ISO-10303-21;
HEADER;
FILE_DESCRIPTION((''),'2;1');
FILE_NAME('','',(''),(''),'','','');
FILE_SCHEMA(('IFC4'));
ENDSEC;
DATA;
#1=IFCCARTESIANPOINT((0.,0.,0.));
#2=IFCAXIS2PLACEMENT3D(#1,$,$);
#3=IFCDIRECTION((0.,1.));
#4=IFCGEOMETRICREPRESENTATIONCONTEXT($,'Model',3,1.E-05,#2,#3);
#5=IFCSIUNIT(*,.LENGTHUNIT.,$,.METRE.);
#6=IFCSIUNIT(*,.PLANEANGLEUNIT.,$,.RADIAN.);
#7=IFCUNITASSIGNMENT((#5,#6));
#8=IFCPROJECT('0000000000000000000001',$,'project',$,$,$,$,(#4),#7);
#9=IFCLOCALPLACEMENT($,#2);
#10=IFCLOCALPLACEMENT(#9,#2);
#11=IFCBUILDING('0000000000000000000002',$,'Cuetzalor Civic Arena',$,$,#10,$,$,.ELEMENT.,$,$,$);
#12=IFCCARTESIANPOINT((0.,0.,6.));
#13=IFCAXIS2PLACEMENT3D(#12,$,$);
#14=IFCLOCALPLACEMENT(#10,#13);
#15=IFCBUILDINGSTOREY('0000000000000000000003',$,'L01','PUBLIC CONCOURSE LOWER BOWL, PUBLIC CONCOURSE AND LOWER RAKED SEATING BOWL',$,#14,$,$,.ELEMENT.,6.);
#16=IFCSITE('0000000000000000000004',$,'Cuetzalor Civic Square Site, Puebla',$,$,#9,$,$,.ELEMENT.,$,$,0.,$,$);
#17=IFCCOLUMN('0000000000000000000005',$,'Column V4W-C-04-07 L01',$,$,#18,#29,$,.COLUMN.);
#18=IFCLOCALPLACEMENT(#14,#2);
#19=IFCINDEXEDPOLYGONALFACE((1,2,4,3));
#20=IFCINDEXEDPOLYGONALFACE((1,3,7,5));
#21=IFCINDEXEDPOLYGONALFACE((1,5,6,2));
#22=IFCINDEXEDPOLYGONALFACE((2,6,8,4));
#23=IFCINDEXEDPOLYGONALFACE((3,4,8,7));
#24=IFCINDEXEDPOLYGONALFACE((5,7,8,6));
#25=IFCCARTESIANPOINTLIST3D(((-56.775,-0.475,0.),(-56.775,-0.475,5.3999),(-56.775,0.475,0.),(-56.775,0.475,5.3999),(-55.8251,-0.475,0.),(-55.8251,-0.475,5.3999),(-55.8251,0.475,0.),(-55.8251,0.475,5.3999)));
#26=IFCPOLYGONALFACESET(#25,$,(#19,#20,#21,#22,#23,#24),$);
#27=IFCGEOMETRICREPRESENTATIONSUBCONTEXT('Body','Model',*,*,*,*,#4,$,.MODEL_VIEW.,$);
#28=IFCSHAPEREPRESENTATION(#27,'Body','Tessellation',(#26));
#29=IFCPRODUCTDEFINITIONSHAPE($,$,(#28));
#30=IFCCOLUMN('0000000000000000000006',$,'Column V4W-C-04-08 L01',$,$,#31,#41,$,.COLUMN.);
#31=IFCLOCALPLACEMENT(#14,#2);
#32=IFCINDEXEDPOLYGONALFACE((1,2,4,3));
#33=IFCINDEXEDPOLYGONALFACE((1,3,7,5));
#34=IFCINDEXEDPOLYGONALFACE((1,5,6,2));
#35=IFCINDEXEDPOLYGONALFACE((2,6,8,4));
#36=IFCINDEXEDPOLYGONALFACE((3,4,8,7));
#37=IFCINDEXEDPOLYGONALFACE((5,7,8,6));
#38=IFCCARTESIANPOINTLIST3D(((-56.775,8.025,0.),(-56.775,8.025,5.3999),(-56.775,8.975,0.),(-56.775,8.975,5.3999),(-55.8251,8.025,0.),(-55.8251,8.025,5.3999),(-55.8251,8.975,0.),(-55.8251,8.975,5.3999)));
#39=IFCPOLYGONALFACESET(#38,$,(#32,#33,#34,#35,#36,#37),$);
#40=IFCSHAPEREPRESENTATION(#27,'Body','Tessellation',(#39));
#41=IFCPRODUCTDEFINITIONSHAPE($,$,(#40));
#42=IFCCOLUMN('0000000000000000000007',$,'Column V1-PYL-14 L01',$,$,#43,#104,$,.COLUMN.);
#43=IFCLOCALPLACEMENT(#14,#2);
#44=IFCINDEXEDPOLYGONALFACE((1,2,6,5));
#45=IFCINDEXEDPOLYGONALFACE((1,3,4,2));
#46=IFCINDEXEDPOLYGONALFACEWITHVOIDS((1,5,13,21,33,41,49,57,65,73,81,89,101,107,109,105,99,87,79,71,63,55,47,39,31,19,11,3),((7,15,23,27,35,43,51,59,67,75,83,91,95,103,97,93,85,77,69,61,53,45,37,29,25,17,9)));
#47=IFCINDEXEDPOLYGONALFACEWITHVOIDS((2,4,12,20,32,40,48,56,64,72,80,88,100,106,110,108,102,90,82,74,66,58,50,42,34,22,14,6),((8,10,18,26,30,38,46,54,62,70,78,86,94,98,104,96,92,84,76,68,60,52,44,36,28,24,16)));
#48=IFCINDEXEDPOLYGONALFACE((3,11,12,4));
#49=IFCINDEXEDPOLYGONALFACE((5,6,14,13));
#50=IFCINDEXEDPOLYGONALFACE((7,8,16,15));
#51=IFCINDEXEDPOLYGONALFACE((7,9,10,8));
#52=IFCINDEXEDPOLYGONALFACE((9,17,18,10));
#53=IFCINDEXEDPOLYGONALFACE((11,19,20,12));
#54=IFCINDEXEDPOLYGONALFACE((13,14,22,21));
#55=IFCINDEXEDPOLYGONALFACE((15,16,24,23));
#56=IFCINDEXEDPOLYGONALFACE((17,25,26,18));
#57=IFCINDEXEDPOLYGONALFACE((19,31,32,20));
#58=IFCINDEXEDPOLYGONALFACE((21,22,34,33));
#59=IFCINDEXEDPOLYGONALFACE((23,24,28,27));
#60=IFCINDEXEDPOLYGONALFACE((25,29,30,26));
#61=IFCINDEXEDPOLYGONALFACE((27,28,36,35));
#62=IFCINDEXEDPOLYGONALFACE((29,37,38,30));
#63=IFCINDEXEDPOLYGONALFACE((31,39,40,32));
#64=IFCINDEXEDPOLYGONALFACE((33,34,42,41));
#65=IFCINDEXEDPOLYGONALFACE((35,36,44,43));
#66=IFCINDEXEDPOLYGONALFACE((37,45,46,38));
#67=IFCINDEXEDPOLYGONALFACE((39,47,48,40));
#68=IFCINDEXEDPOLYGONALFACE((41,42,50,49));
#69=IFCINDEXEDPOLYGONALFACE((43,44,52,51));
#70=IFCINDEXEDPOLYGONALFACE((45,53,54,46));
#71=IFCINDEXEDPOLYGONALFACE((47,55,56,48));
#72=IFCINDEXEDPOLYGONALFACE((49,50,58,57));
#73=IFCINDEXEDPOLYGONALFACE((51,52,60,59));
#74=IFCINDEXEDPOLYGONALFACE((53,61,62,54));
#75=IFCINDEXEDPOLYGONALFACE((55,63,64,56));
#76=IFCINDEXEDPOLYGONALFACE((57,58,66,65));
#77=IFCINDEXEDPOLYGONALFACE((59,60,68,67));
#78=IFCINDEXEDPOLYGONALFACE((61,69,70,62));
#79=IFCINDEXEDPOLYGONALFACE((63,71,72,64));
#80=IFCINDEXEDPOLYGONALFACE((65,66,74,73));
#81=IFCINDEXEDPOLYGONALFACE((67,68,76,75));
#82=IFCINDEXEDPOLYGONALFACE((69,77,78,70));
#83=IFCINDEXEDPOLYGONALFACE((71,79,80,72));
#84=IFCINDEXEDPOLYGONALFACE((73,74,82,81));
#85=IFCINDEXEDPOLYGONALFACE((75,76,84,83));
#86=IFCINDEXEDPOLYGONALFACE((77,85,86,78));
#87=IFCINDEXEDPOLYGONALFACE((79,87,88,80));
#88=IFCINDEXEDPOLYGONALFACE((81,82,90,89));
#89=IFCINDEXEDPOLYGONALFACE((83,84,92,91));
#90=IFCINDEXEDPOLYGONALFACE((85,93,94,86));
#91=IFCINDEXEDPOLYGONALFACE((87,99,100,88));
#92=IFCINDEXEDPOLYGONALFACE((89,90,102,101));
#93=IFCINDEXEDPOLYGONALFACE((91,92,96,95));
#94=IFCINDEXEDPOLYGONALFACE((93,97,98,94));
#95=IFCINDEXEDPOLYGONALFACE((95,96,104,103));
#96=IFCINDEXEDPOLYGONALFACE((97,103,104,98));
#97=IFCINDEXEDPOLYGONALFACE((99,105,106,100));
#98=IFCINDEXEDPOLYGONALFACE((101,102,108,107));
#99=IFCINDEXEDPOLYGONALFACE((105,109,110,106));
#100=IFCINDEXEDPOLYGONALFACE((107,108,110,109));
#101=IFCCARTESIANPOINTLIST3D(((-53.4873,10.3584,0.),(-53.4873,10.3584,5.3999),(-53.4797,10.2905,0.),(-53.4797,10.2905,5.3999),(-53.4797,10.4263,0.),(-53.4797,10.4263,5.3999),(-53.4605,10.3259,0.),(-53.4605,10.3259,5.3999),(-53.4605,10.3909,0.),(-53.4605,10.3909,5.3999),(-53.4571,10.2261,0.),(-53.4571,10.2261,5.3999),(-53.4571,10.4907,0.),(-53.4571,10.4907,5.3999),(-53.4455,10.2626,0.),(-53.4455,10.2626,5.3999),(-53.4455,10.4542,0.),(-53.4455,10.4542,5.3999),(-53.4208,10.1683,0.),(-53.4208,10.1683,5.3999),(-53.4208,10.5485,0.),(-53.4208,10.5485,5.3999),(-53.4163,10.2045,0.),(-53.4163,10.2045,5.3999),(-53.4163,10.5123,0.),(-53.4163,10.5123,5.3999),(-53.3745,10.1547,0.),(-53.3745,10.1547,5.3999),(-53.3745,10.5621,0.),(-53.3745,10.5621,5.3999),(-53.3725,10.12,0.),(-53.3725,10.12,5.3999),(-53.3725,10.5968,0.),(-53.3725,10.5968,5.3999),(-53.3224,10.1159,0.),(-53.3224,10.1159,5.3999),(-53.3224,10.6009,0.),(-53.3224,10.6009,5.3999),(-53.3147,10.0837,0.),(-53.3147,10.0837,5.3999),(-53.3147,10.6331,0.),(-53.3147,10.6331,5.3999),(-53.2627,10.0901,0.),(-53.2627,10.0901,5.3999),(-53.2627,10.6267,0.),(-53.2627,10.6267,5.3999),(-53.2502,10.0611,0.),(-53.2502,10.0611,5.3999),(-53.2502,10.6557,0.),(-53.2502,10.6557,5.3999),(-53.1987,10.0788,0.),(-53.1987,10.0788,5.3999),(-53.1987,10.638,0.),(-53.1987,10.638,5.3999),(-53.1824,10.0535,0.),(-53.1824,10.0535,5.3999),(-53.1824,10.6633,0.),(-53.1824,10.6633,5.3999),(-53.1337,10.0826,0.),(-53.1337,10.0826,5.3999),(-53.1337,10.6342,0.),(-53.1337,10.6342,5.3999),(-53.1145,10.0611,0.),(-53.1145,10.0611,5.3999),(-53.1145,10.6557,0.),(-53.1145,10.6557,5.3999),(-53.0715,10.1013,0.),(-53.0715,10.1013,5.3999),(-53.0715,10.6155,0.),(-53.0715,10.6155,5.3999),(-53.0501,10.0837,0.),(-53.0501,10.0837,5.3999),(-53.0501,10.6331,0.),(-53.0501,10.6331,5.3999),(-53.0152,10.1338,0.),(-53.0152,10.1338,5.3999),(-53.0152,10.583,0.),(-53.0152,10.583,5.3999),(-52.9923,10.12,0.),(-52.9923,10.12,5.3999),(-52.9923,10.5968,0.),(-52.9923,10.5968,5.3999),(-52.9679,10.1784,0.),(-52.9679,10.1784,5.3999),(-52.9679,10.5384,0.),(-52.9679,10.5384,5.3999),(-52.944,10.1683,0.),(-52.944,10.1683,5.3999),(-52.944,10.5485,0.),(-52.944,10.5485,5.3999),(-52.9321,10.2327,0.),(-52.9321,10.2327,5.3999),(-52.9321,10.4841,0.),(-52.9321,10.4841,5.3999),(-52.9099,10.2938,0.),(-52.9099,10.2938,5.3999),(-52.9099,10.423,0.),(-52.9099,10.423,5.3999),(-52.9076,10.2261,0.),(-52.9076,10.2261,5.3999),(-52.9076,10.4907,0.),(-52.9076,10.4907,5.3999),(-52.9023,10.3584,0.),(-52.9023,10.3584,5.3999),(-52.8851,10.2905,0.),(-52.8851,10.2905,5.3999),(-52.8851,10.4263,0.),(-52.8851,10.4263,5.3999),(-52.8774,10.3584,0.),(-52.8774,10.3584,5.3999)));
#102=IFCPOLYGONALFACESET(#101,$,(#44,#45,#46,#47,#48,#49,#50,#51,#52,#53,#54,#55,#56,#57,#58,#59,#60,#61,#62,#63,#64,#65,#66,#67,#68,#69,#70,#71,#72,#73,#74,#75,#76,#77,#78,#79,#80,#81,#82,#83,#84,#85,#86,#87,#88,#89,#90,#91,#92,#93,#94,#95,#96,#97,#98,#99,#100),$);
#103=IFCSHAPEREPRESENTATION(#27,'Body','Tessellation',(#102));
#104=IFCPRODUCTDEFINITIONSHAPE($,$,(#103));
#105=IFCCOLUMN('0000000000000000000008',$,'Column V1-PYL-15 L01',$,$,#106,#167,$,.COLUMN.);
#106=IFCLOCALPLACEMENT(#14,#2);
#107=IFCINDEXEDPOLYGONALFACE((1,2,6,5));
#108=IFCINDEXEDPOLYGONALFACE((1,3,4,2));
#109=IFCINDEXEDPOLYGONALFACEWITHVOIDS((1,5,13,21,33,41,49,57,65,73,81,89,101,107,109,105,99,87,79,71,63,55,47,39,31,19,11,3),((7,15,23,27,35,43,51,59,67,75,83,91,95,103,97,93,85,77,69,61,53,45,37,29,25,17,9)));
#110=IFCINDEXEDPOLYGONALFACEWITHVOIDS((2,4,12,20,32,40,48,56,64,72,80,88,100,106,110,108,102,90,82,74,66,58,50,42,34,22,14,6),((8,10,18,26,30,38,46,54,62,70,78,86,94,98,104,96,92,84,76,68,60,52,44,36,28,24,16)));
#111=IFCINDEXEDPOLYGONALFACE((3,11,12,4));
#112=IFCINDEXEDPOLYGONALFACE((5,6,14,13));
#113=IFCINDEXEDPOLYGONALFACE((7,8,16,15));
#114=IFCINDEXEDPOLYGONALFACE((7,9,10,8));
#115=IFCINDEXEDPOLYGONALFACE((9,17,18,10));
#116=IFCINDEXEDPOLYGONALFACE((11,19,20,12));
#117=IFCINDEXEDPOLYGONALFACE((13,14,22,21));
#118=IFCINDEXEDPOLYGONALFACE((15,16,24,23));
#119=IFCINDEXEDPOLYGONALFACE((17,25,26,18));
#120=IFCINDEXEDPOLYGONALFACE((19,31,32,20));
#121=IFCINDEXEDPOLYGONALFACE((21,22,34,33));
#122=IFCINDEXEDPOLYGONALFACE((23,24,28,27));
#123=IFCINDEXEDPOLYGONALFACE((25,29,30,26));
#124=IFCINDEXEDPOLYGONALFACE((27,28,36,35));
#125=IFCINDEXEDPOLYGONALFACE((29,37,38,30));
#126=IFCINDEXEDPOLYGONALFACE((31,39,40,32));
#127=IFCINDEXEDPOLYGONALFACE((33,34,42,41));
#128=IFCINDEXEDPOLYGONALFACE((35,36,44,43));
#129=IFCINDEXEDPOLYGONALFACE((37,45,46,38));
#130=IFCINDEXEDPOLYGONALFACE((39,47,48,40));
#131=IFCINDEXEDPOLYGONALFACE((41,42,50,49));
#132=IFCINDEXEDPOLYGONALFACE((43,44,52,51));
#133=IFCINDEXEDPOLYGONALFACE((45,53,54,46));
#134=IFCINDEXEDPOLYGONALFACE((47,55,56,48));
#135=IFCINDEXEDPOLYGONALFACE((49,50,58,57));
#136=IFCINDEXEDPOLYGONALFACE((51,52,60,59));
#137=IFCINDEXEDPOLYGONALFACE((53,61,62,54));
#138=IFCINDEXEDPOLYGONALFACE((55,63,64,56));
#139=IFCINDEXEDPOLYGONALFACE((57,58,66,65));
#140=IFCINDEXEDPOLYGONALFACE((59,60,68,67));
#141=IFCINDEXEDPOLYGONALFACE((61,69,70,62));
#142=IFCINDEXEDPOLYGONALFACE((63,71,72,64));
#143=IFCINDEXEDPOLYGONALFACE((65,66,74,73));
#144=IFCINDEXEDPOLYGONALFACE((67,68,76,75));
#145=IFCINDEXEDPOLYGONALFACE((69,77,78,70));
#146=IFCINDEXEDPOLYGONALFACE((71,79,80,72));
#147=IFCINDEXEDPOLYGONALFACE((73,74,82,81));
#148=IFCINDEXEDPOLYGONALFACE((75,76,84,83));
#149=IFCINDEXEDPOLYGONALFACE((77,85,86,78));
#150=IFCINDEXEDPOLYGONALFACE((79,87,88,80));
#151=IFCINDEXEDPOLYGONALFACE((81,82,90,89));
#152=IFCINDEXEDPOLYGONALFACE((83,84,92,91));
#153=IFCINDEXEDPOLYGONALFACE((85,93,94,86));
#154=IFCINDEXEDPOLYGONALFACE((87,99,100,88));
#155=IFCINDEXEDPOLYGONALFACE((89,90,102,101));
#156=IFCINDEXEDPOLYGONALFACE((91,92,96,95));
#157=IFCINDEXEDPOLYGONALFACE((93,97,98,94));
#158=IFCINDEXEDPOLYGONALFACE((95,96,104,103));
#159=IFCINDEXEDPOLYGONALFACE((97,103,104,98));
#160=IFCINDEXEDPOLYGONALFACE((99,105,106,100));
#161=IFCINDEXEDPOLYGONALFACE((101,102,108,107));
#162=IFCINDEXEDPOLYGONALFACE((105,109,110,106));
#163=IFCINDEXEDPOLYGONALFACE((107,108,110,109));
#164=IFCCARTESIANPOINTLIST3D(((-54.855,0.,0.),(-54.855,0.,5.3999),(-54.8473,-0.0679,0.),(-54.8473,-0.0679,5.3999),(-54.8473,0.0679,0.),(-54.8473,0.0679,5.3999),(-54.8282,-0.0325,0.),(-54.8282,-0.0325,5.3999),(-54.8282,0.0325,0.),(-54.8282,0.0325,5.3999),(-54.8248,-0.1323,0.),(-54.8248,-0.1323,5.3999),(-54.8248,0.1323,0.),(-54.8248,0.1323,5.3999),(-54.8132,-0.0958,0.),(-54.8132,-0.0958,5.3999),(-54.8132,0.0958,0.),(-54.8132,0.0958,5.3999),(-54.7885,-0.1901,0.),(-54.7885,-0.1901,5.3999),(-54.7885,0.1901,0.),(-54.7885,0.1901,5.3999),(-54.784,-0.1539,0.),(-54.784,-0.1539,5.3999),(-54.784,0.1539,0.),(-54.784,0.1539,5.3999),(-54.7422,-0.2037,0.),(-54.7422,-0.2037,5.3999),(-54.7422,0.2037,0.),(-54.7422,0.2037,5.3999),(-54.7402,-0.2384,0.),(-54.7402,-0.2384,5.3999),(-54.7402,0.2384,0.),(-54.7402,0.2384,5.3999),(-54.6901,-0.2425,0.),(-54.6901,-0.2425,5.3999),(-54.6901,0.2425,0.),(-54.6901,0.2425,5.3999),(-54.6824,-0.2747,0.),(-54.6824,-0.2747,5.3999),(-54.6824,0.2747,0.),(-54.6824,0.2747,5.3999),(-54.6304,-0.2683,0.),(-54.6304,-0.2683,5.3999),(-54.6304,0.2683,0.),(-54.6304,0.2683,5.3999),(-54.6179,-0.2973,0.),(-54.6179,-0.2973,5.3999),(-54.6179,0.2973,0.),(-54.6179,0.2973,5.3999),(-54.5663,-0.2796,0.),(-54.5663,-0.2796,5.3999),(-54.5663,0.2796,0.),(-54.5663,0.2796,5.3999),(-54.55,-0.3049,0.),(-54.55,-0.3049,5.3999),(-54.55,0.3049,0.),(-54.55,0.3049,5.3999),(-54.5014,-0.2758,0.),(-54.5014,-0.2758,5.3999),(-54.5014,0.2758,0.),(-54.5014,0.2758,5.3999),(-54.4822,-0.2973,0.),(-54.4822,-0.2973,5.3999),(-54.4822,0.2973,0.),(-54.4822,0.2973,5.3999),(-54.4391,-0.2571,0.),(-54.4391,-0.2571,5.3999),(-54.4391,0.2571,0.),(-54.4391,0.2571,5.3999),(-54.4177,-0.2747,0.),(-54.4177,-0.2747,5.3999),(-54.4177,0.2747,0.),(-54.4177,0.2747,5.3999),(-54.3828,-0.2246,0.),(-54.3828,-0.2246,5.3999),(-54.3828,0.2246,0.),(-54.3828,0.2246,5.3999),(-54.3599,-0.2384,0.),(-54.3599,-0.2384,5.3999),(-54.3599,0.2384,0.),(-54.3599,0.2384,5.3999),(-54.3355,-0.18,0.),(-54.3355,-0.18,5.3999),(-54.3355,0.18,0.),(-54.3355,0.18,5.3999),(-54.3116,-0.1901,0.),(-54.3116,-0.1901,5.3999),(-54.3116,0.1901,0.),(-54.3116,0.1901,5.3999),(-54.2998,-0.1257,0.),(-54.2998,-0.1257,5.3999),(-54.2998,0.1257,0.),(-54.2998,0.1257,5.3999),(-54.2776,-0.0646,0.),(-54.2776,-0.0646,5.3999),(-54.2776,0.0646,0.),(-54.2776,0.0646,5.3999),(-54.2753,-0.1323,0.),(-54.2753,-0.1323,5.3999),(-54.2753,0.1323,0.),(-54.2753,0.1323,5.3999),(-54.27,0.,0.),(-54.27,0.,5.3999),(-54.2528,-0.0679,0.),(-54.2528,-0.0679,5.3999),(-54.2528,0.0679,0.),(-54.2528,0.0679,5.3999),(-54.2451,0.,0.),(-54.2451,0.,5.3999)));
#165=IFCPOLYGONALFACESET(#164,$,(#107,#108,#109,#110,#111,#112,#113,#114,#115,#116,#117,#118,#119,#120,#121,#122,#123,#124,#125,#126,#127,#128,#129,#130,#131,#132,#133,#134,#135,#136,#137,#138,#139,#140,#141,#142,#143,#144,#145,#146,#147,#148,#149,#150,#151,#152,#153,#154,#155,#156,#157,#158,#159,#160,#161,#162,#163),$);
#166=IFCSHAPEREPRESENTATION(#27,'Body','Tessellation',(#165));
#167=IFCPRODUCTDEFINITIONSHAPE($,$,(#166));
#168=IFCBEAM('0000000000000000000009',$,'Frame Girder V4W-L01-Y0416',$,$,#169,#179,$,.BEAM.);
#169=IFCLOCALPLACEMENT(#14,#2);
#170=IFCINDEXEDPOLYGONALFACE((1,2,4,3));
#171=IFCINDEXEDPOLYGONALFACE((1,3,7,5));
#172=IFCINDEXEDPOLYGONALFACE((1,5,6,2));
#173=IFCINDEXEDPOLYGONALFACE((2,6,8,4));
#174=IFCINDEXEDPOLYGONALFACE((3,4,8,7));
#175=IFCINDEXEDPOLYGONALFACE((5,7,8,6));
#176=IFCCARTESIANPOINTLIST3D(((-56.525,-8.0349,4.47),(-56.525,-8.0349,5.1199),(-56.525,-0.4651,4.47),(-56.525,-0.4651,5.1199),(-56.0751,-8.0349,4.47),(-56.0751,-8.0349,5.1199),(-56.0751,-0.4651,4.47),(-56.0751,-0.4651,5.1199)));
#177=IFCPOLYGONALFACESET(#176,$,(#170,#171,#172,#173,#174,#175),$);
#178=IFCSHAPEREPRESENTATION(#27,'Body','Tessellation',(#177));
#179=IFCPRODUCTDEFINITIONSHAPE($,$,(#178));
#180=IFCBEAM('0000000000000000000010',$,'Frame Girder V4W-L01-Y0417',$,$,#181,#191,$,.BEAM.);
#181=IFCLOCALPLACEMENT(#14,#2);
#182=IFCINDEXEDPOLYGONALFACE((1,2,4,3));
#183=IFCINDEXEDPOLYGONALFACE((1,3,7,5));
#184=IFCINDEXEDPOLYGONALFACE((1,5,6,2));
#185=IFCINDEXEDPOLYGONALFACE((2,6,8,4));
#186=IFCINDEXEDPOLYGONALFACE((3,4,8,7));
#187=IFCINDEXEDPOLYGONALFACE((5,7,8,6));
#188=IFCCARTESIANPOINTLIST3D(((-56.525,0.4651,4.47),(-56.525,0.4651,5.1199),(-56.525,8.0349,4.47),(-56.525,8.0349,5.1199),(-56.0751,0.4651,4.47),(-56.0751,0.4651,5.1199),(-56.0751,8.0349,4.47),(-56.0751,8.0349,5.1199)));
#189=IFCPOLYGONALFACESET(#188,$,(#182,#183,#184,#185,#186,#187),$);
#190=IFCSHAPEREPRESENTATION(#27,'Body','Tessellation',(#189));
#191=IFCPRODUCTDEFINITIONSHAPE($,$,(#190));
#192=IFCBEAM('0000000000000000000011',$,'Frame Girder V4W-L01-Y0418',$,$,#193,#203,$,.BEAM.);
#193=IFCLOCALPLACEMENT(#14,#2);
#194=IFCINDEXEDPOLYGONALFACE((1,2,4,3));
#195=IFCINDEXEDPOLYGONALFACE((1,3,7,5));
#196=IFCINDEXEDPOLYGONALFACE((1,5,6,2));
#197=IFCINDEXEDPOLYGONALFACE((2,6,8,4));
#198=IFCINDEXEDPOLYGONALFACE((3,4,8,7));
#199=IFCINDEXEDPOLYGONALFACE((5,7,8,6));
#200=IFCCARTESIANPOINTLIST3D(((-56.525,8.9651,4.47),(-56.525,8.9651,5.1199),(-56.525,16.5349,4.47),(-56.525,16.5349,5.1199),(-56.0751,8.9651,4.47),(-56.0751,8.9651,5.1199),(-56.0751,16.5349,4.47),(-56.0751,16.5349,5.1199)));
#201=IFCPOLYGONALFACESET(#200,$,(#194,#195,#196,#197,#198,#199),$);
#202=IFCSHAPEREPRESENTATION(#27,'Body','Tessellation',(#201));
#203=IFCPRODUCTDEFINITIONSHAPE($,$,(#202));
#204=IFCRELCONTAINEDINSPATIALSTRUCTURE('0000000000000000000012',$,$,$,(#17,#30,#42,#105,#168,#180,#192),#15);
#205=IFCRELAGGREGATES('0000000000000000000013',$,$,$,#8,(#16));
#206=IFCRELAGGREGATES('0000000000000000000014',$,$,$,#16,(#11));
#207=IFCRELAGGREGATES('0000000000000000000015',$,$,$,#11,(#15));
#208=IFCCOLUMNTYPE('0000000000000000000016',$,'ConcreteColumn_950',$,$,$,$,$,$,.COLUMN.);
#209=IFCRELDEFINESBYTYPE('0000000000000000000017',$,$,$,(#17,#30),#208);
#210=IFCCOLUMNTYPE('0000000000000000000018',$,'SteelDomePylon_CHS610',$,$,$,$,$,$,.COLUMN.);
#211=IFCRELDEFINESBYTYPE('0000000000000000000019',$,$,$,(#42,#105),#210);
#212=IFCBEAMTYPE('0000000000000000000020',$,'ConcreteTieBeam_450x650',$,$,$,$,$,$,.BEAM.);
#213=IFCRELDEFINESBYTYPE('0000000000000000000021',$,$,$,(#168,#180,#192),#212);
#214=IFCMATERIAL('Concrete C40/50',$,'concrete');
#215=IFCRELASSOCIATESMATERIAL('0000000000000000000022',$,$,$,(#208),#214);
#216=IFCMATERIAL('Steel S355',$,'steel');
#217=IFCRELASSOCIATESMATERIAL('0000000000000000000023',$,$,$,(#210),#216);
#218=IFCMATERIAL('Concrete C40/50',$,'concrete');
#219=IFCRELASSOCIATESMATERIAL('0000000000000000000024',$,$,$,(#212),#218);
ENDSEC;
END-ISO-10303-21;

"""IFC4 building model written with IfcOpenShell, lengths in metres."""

from ifc_helpers import new_model, si_unit, direction, frame, origin, origin_2d, place, context, subcontext, project, spatial, rectangle, hollow_circle, extrude, material, material_profile, profile_set, type_object, element, save


model = new_model("IFC4")

# Units and contexts
model_context = context("Model", 3, precision=1e-05, world=origin(), true_north=direction((0.0, 1.0)))
body_context = subcontext(model_context, "Body", "Model", "MODEL_VIEW")
ifc_project = project(units=[si_unit("LENGTHUNIT", "METRE"), si_unit("PLANEANGLEUNIT", "RADIAN")], contexts=[model_context])

# Site, building, storey
site_placement = place(None, origin())
site = spatial("IfcSite", under=ifc_project, at=site_placement, Name="Cuetzalor Civic Square Site, Puebla", CompositionType="ELEMENT", RefElevation=0.0)
building_placement = place(site_placement, origin())
building = spatial("IfcBuilding", under=site, at=building_placement, Name="Cuetzalor Civic Arena", CompositionType="ELEMENT")
storey_placement = place(building_placement, frame((0.0, 0.0, 6.0)))
storey = spatial("IfcBuildingStorey", under=building, at=storey_placement, Name="L01", Description="PUBLIC CONCOURSE LOWER BOWL, PUBLIC CONCOURSE AND LOWER RAKED SEATING BOWL", CompositionType="ELEMENT", Elevation=6.0)

# Columns
ifc_material_1 = material(Name="Concrete C40/50", Category="concrete")
ifc_material_profile_1 = material_profile(ifc_material_1, rectangle(XDim=0.95, YDim=0.95, at=origin_2d()), Name="RC 950x950")
ifc_profile_set_1 = profile_set([ifc_material_profile_1], Name="Concrete C40/50")
column_type_1 = type_object("IfcColumnType", Name="ConcreteColumn_950", PredefinedType="COLUMN", material=ifc_profile_set_1)
for number, where, z_axis, x_axis, name in (
    (1, (-56.3, 0.0, 0.0), (0.0, 0.0, 1.0), (1.0, 0.0, 0.0), "Column V4W-C-04-07 L01"),
    (2, (-56.3, 8.5, 0.0), (0.0, 0.0, 1.0), (1.0, 0.0, 0.0), "Column V4W-C-04-08 L01"),
):
    element("IfcColumn", number, at=place(storey_placement, frame(where, z_axis=z_axis, x_axis=x_axis)), inside=storey, type_object=column_type_1, Name=name, PredefinedType="COLUMN", context=body_context, shape_type="SweptSolid", body=[
        extrude(rectangle(XDim=0.95, YDim=0.95, at=origin_2d()), origin(), (0.0, 0.0, 1.0), 5.3999),
    ])
ifc_material_2 = material(Name="Steel S355", Category="steel")
ifc_material_profile_2 = material_profile(ifc_material_2, hollow_circle(Radius=0.3049, WallThickness=0.0249, at=origin_2d()), Name="CHS 610x25")
ifc_profile_set_2 = profile_set([ifc_material_profile_2], Name="Steel S355")
column_type_2 = type_object("IfcColumnType", Name="SteelDomePylon_CHS610", PredefinedType="COLUMN", material=ifc_profile_set_2)
for number, where, z_axis, x_axis, name in (
    (3, (-53.1824, 10.3584, 0.0), (0.0, 0.0, 1.0), (1.0, 0.0, 0.0), "Column V1-PYL-14 L01"),
    (4, (-54.55, 0.0, 0.0), (0.0, 0.0, 1.0), (1.0, 0.0, 0.0), "Column V1-PYL-15 L01"),
):
    element("IfcColumn", number, at=place(storey_placement, frame(where, z_axis=z_axis, x_axis=x_axis)), inside=storey, type_object=column_type_2, Name=name, PredefinedType="COLUMN", context=body_context, shape_type="SweptSolid", body=[
        extrude(hollow_circle(Radius=0.3049, WallThickness=0.0249, at=origin_2d()), origin(), (0.0, 0.0, 1.0), 5.3999),
    ])

# Beams
ifc_material_3 = material(Name="Concrete C40/50", Category="concrete")
ifc_material_profile_3 = material_profile(ifc_material_3, rectangle(XDim=0.45, YDim=0.6499, at=origin_2d()), Name="RC 450x650")
ifc_profile_set_3 = profile_set([ifc_material_profile_3], Name="Concrete C40/50")
beam_type_1 = type_object("IfcBeamType", Name="ConcreteTieBeam_450x650", PredefinedType="BEAM", material=ifc_profile_set_3)
for number, where, z_axis, x_axis, name in (
    (5, (-56.3, -8.0349, 4.7949), (0.0, 1.0, 0.0), (-1.0, 0.0, 0.0), "Frame Girder V4W-L01-Y0416"),
    (6, (-56.3, 0.4651, 4.7949), (0.0, 1.0, 0.0), (-1.0, 0.0, 0.0), "Frame Girder V4W-L01-Y0417"),
    (7, (-56.3, 8.9651, 4.7949), (0.0, 1.0, 0.0), (-1.0, 0.0, 0.0), "Frame Girder V4W-L01-Y0418"),
):
    element("IfcBeam", number, at=place(storey_placement, frame(where, z_axis=z_axis, x_axis=x_axis)), inside=storey, type_object=beam_type_1, Name=name, PredefinedType="BEAM", context=body_context, shape_type="SweptSolid", body=[
        extrude(rectangle(XDim=0.45, YDim=0.6499, at=origin_2d()), origin(), (0.0, 0.0, 1.0), 7.5698),
    ])

save(model, "model.ifc")
